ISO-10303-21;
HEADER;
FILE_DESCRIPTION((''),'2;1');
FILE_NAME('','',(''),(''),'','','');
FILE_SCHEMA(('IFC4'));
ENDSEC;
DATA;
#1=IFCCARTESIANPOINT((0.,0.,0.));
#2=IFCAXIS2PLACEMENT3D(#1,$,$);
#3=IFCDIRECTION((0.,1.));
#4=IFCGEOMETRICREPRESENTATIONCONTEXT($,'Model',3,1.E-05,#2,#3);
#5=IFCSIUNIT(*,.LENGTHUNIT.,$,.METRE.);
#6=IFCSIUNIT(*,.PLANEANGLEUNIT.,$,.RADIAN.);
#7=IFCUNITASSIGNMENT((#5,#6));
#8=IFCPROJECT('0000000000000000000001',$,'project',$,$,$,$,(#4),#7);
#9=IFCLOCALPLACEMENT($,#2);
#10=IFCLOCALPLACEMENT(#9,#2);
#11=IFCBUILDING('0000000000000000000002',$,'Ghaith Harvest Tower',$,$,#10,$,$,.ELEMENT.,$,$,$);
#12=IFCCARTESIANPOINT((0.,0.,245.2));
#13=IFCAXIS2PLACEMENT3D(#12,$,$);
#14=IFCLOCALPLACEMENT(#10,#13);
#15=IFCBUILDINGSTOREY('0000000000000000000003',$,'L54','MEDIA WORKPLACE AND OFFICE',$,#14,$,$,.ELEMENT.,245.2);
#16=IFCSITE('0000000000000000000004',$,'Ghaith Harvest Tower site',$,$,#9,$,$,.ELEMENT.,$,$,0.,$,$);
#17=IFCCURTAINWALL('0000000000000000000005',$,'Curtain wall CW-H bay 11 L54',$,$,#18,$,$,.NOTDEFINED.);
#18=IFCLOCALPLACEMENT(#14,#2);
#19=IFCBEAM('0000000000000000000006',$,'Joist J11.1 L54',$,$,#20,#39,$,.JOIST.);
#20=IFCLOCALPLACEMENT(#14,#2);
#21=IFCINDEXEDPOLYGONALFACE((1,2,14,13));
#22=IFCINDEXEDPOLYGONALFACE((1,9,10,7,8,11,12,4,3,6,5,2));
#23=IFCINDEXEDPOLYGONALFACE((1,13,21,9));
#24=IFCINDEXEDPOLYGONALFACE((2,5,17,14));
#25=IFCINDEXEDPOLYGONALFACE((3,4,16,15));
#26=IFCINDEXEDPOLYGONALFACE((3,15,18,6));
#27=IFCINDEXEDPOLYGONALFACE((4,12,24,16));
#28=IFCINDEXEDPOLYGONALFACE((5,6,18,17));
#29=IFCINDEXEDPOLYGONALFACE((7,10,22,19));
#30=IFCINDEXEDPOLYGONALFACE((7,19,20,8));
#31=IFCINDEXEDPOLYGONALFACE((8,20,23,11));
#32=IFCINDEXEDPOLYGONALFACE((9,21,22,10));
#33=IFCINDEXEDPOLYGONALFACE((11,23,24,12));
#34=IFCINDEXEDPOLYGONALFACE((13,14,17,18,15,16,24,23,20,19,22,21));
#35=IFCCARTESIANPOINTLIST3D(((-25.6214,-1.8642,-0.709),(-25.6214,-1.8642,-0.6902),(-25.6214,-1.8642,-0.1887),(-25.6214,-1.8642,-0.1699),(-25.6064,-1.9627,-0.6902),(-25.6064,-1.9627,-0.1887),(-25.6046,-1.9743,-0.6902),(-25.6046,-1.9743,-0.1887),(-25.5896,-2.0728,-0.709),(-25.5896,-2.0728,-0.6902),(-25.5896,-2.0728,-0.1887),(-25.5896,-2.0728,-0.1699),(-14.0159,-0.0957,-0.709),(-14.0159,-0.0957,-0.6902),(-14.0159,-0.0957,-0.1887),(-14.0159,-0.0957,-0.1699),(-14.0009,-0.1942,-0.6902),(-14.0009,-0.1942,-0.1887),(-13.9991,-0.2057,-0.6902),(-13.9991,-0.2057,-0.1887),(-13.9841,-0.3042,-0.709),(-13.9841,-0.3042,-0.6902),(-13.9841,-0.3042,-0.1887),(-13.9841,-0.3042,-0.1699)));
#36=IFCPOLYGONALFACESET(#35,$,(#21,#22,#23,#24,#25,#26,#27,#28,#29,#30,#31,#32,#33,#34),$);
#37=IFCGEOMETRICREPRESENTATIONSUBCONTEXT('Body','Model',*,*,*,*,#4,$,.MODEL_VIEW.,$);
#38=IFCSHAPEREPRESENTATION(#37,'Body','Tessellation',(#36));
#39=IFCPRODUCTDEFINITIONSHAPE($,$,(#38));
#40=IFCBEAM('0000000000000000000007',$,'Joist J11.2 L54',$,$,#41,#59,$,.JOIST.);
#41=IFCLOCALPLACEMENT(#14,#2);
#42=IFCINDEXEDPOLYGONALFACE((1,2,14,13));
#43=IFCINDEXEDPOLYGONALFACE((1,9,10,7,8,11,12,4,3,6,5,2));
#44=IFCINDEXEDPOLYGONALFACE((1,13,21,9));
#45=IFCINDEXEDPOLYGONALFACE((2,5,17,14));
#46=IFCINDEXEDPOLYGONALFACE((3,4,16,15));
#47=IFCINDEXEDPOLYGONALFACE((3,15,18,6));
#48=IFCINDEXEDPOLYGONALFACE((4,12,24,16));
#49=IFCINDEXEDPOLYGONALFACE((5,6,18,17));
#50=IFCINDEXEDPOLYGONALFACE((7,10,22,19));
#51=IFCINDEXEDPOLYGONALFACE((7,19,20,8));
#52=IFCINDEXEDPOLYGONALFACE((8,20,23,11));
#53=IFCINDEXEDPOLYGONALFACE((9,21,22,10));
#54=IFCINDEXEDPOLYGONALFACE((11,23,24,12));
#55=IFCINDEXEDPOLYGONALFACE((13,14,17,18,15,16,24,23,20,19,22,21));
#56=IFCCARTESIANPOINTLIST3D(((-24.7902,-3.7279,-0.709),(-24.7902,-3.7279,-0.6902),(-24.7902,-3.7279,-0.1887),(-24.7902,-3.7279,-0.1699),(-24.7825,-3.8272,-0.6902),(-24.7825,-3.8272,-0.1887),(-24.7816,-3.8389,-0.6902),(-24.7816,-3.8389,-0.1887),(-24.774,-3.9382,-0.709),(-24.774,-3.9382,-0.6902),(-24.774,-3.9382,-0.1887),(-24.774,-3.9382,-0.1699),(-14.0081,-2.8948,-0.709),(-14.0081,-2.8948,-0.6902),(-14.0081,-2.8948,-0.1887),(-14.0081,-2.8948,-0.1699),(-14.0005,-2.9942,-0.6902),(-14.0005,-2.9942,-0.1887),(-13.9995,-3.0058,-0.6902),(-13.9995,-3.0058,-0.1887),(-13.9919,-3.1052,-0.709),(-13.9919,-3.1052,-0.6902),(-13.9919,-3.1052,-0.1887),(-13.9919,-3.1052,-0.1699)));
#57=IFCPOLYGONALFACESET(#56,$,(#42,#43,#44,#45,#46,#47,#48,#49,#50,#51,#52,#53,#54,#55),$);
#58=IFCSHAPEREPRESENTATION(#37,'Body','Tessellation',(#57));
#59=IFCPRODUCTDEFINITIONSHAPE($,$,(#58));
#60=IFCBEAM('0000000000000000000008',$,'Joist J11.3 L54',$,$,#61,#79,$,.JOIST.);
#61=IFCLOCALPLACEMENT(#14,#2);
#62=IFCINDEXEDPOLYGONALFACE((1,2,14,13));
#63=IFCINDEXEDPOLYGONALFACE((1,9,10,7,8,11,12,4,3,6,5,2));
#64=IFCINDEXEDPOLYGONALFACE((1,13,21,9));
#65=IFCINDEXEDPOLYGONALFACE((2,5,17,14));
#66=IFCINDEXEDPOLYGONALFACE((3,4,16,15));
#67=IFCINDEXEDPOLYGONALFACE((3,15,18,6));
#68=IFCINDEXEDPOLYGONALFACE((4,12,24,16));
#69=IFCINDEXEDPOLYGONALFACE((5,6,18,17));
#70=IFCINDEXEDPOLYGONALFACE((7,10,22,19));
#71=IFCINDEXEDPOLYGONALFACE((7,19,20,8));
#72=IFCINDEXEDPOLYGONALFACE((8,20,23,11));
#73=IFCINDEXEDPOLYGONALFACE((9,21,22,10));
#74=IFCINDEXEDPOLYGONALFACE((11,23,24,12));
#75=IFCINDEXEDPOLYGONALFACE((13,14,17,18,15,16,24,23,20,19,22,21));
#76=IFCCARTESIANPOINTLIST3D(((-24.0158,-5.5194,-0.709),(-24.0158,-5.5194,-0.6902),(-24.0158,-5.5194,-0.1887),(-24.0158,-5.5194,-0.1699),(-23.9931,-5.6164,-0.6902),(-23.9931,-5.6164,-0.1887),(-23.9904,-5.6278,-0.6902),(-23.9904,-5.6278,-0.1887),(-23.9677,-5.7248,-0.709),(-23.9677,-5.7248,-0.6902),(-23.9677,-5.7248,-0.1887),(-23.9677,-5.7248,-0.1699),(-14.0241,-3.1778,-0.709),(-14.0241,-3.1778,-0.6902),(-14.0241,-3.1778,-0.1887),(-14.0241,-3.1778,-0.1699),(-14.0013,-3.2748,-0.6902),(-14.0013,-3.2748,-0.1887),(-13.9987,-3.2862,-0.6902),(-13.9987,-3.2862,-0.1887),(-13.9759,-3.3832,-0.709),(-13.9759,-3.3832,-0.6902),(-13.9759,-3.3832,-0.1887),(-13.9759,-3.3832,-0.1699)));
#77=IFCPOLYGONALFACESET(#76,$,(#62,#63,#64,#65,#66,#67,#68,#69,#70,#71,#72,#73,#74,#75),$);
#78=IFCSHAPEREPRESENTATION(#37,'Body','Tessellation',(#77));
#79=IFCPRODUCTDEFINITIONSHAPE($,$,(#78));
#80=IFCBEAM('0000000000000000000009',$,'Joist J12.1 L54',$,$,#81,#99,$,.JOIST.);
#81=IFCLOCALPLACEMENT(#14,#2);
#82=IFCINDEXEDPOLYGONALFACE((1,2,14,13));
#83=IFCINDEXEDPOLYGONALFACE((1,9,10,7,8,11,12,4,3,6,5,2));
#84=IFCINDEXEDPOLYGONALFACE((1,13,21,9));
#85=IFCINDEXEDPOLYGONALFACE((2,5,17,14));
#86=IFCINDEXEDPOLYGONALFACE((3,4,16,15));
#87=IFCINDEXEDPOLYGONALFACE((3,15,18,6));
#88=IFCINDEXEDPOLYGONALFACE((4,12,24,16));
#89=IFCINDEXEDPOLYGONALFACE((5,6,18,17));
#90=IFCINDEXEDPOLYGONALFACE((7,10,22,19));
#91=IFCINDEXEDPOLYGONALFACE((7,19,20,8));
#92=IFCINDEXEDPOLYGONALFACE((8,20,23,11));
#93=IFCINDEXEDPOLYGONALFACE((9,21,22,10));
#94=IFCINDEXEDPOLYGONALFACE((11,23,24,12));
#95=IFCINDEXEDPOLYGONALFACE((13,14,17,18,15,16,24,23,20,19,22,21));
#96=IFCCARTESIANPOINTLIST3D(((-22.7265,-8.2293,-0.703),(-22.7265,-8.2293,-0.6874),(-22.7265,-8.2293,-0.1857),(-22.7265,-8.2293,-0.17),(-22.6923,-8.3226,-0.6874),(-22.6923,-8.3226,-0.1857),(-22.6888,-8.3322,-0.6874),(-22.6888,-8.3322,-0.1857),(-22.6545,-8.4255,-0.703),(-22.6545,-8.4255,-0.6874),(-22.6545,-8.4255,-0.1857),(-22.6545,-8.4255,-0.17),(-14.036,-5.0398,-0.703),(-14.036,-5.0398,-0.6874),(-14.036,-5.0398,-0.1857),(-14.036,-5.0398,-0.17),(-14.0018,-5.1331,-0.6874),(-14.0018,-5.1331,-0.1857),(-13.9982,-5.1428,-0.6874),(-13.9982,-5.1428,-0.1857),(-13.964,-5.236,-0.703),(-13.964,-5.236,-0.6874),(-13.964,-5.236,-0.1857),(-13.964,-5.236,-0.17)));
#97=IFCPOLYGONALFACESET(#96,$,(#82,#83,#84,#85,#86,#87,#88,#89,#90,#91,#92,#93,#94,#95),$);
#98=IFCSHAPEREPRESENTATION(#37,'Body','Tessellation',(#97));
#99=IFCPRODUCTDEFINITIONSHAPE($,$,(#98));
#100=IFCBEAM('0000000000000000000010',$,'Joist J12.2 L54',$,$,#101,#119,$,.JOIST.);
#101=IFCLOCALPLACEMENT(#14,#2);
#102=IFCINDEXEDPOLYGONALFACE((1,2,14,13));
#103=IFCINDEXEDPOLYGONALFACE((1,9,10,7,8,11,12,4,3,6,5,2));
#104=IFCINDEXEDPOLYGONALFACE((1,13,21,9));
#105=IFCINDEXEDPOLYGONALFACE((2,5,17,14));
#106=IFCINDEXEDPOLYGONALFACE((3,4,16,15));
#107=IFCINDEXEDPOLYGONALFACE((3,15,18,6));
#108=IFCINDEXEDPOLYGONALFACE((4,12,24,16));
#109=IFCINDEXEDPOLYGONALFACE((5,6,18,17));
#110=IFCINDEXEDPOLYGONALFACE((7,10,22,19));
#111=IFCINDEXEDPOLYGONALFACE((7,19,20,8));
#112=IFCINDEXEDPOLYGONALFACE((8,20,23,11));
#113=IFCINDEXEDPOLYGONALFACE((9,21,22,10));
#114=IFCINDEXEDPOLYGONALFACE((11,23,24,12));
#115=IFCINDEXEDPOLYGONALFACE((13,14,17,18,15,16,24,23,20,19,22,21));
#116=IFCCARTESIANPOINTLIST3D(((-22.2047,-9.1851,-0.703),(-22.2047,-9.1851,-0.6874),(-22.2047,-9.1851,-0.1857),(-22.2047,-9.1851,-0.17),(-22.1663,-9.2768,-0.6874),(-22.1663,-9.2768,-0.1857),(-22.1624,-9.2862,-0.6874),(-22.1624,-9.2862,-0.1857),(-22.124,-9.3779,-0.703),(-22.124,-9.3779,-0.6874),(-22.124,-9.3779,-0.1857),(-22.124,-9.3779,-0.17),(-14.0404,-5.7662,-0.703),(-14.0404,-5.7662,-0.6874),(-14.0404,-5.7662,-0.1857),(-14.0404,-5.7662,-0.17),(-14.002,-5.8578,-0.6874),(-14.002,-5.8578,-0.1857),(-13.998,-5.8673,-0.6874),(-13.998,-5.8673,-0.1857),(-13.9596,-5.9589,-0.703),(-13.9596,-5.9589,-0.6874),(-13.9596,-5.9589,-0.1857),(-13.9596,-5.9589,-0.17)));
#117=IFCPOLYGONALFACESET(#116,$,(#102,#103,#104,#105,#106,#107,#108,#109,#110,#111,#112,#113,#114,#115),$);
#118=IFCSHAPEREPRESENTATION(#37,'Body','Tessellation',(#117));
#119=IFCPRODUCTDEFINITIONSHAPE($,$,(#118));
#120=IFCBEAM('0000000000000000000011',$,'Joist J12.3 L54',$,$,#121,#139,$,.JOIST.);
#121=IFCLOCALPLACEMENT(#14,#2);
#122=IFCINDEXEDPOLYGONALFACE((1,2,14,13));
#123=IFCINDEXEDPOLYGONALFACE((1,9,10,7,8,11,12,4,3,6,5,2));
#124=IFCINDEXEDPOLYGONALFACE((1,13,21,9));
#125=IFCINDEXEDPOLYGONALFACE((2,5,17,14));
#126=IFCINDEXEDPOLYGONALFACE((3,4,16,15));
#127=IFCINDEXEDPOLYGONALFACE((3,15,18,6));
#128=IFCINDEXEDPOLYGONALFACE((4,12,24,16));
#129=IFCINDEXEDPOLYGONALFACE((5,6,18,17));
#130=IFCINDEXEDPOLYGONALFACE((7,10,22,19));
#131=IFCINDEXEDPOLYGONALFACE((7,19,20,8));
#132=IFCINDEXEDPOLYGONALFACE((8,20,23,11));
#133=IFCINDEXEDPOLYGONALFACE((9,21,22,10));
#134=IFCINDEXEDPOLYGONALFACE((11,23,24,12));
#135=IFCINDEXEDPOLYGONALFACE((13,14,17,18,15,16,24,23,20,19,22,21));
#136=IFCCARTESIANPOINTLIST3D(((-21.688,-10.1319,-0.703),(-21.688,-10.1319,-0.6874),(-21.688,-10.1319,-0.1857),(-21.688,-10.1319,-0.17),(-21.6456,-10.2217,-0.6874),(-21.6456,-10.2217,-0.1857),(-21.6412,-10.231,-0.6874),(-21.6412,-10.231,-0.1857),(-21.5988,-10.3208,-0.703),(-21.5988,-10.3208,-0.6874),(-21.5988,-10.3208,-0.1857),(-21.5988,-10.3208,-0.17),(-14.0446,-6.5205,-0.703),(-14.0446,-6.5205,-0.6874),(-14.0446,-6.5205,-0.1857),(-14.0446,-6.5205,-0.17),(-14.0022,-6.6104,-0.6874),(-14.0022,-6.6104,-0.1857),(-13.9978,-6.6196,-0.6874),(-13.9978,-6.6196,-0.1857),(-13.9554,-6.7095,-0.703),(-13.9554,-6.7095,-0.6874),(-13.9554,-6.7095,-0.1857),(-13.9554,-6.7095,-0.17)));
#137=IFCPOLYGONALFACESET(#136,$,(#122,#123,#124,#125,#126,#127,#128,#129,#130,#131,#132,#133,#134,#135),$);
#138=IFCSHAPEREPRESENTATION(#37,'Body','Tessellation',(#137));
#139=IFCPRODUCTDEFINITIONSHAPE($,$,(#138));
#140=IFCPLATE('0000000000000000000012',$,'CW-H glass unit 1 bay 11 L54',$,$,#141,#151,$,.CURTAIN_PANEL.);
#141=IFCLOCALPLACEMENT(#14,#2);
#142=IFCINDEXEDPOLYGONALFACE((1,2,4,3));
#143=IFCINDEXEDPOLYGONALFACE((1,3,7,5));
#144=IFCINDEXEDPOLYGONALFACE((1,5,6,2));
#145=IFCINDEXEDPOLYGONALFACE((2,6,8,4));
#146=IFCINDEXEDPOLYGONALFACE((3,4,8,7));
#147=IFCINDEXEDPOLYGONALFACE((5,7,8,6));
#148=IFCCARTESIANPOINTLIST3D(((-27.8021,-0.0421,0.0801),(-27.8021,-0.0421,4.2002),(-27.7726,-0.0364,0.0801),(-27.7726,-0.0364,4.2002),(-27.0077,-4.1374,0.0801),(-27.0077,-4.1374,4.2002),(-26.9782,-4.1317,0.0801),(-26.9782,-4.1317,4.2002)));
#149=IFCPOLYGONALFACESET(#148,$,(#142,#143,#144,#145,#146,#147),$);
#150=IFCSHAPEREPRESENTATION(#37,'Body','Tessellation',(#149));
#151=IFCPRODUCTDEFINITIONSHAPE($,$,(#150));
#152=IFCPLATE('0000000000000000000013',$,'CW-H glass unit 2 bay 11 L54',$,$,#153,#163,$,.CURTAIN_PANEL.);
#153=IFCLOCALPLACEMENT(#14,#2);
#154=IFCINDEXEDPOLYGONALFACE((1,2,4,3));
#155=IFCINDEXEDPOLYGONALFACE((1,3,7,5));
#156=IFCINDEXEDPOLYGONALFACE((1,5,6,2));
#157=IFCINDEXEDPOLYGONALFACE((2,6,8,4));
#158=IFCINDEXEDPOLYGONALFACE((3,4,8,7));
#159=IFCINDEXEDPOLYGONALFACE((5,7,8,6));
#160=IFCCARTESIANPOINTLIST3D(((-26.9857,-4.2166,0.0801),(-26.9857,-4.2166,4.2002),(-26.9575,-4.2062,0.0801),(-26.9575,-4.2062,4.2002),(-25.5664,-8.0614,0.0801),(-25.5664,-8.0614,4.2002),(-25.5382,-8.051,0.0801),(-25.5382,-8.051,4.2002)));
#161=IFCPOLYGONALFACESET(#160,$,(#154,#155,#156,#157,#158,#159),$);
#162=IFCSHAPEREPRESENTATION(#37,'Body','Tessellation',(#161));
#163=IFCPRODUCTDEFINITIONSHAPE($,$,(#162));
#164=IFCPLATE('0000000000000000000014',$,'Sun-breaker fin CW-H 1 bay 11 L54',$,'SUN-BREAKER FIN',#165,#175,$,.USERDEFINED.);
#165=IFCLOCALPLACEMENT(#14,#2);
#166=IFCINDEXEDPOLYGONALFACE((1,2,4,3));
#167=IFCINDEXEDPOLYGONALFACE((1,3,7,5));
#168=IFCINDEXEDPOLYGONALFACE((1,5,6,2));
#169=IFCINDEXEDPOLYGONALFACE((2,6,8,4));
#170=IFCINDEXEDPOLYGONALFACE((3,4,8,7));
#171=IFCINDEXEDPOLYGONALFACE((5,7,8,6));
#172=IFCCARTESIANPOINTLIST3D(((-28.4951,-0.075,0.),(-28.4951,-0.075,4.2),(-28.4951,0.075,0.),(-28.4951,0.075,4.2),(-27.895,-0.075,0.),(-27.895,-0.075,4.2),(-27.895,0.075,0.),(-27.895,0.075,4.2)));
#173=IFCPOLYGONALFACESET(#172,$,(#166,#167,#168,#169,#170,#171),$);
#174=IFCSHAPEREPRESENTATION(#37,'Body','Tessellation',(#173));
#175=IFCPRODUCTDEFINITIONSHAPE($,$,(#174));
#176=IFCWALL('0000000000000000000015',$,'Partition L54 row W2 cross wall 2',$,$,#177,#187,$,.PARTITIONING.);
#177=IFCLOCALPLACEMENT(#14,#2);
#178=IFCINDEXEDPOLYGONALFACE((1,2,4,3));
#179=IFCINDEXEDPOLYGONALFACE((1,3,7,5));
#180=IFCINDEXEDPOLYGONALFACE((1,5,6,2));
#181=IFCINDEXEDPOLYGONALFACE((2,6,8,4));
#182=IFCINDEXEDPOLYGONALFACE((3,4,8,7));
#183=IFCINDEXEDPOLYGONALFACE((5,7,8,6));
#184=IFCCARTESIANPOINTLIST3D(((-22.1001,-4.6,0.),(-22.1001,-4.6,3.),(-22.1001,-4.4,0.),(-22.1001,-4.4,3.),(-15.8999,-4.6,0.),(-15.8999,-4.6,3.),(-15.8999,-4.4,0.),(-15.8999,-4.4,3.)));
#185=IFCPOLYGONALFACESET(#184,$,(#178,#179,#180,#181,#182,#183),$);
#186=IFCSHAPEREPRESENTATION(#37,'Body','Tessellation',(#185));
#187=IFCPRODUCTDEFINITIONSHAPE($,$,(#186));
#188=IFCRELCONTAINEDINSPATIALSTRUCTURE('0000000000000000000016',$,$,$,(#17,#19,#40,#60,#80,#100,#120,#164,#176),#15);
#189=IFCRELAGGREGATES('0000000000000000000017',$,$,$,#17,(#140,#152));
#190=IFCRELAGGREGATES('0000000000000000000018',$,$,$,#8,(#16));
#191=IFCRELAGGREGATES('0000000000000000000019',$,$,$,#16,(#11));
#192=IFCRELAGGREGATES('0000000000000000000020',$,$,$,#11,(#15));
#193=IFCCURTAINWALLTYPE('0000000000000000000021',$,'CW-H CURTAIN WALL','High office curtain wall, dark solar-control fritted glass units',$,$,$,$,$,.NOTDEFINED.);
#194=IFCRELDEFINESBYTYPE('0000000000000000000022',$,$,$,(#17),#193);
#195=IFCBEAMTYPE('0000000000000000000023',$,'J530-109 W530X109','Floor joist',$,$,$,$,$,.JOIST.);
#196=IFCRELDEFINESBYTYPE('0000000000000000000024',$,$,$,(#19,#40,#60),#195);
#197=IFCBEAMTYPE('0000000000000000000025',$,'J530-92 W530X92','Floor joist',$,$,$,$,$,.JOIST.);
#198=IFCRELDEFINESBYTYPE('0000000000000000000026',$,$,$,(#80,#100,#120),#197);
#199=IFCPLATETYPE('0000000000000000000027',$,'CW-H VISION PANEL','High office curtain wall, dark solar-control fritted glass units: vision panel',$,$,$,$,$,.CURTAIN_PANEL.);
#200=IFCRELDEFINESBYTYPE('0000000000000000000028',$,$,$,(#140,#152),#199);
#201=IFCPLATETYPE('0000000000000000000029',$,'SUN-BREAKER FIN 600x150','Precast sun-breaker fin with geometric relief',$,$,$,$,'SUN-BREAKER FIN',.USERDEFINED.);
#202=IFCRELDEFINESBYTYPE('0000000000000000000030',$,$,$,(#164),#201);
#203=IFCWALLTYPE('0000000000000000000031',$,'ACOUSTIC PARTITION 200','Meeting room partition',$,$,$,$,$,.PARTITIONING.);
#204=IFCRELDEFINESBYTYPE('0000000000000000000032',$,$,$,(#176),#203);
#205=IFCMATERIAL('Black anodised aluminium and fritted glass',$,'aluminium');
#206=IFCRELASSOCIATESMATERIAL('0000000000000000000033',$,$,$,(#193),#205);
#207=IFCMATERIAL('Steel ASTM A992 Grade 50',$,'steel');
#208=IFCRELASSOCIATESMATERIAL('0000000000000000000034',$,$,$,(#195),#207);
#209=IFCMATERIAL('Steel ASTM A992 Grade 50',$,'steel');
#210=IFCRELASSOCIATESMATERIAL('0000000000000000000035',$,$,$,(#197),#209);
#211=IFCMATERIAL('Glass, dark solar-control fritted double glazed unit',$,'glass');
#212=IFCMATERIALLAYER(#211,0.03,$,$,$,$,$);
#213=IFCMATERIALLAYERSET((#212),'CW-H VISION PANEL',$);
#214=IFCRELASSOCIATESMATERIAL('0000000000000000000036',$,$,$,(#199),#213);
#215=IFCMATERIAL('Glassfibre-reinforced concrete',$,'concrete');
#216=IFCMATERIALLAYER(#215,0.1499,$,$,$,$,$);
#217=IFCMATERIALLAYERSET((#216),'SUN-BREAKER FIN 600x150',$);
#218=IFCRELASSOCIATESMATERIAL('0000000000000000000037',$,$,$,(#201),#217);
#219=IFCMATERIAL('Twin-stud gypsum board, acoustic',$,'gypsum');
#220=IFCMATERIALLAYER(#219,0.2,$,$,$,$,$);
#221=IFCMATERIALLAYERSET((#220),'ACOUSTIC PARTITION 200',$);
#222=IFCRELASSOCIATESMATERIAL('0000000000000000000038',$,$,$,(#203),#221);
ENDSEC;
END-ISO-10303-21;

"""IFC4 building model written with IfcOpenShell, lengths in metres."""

from ifc_helpers import new_model, si_unit, direction, frame, frame_2d, origin, origin_2d, place, context, subcontext, project, spatial, rectangle, i_section, extrude, material, layer, layer_set, material_profile, profile_set, type_object, element, aggregate, save


model = new_model("IFC4")

# Units and contexts
model_context = context("Model", 3, precision=1e-05, world=origin(), true_north=direction((0.0, 1.0)))
body_context = subcontext(model_context, "Body", "Model", "MODEL_VIEW")
ifc_project = project(units=[si_unit("LENGTHUNIT", "METRE"), si_unit("PLANEANGLEUNIT", "RADIAN")], contexts=[model_context])

# Site, building, storey
site_placement = place(None, origin())
site = spatial("IfcSite", under=ifc_project, at=site_placement, Name="Ghaith Harvest Tower site", CompositionType="ELEMENT", RefElevation=0.0)
building_placement = place(site_placement, origin())
building = spatial("IfcBuilding", under=site, at=building_placement, Name="Ghaith Harvest Tower", CompositionType="ELEMENT")
storey_placement = place(building_placement, frame((0.0, 0.0, 245.2)))
storey = spatial("IfcBuildingStorey", under=building, at=storey_placement, Name="L54", Description="MEDIA WORKPLACE AND OFFICE", CompositionType="ELEMENT", Elevation=245.2)

# Curtain wall
ifc_material_1 = material(Name="Black anodised aluminium and fritted glass", Category="aluminium")
curtain_wall_type = type_object("IfcCurtainWallType", Name="CW-H CURTAIN WALL", Description="High office curtain wall, dark solar-control fritted glass units", PredefinedType="NOTDEFINED", material=ifc_material_1)
curtain_wall_placement = place(storey_placement, origin())
curtain_wall = element("IfcCurtainWall", 1, at=curtain_wall_placement, inside=storey, type_object=curtain_wall_type, Name="Curtain wall CW-H bay 11 L54", PredefinedType="NOTDEFINED")

# Beams
ifc_material_2 = material(Name="Steel ASTM A992 Grade 50", Category="steel")
ifc_material_profile_1 = material_profile(ifc_material_2, i_section(OverallWidth=0.2109, OverallDepth=0.5391, WebThickness=0.0117, FlangeThickness=0.0188, at=origin_2d()), Name="W530X109")
ifc_profile_set_1 = profile_set([ifc_material_profile_1], Name="Steel ASTM A992 Grade 50")
beam_type_1 = type_object("IfcBeamType", Name="J530-109 W530X109", Description="Floor joist", PredefinedType="JOIST", material=ifc_profile_set_1)
beam_1_placement = place(storey_placement, frame((-14.0, -0.2, -0.4395), z_axis=(-0.988587, -0.150651, 0.0), x_axis=(0.150651, -0.988587, 0.0)))
element("IfcBeam", 2, at=beam_1_placement, inside=storey, type_object=beam_type_1, Name="Joist J11.1 L54", PredefinedType="JOIST", context=body_context, shape_type="SweptSolid", body=[
    extrude(i_section(OverallWidth=0.2109, OverallDepth=0.5391, WebThickness=0.0117, FlangeThickness=0.0188, at=origin_2d()), origin(), (0.0, 0.0, 1.0), 11.7395),
])
beam_2_placement = place(storey_placement, frame((-14.0, -3.0, -0.4395), z_axis=(-0.997029, -0.07703, 0.0), x_axis=(0.07703, -0.997029, 0.0)))
element("IfcBeam", 3, at=beam_2_placement, inside=storey, type_object=beam_type_1, Name="Joist J11.2 L54", PredefinedType="JOIST", context=body_context, shape_type="SweptSolid", body=[
    extrude(i_section(OverallWidth=0.2109, OverallDepth=0.5391, WebThickness=0.0117, FlangeThickness=0.0188, at=origin_2d()), origin(), (0.0, 0.0, 1.0), 10.8142),
])
beam_3_placement = place(storey_placement, frame((-14.0, -3.2805, -0.4395), z_axis=(-0.973622, -0.228168, 0.0), x_axis=(0.228168, -0.973622, 0.0)))
element("IfcBeam", 4, at=beam_3_placement, inside=storey, type_object=beam_type_1, Name="Joist J11.3 L54", PredefinedType="JOIST", context=body_context, shape_type="SweptSolid", body=[
    extrude(i_section(OverallWidth=0.2109, OverallDepth=0.5391, WebThickness=0.0117, FlangeThickness=0.0188, at=origin_2d()), origin(), (0.0, 0.0, 1.0), 10.2625),
])
ifc_material_3 = material(Name="Steel ASTM A992 Grade 50", Category="steel")
ifc_material_profile_2 = material_profile(ifc_material_3, i_section(OverallWidth=0.209, OverallDepth=0.533, WebThickness=0.0103, FlangeThickness=0.0156, at=origin_2d()), Name="W530X92")
ifc_profile_set_2 = profile_set([ifc_material_profile_2], Name="Steel ASTM A992 Grade 50")
beam_type_2 = type_object("IfcBeamType", Name="J530-92 W530X92", Description="Floor joist", PredefinedType="JOIST", material=ifc_profile_set_2)
beam_4_placement = place(storey_placement, frame((-14.0, -5.1379, -0.4365), z_axis=(-0.938773, -0.344537, 0.0), x_axis=(0.344537, -0.938773, 0.0)))
element("IfcBeam", 5, at=beam_4_placement, inside=storey, type_object=beam_type_2, Name="Joist J12.1 L54", PredefinedType="JOIST", context=body_context, shape_type="SweptSolid", body=[
    extrude(i_section(OverallWidth=0.209, OverallDepth=0.533, WebThickness=0.0103, FlangeThickness=0.0156, at=origin_2d()), origin(), (0.0, 0.0, 1.0), 9.2573),
])
beam_5_placement = place(storey_placement, frame((-14.0, -5.8625, -0.4365), z_axis=(-0.922388, -0.386266, 0.0), x_axis=(0.386266, -0.922388, 0.0)))
element("IfcBeam", 6, at=beam_5_placement, inside=storey, type_object=beam_type_2, Name="Joist J12.2 L54", PredefinedType="JOIST", context=body_context, shape_type="SweptSolid", body=[
    extrude(i_section(OverallWidth=0.209, OverallDepth=0.533, WebThickness=0.0103, FlangeThickness=0.0156, at=origin_2d()), origin(), (0.0, 0.0, 1.0), 8.8513),
])
beam_6_placement = place(storey_placement, frame((-14.0, -6.615, -0.4365), z_axis=(-0.904158, -0.427198, 0.0), x_axis=(0.427198, -0.904158, 0.0)))
element("IfcBeam", 7, at=beam_6_placement, inside=storey, type_object=beam_type_2, Name="Joist J12.3 L54", PredefinedType="JOIST", context=body_context, shape_type="SweptSolid", body=[
    extrude(i_section(OverallWidth=0.209, OverallDepth=0.533, WebThickness=0.0103, FlangeThickness=0.0156, at=origin_2d()), origin(), (0.0, 0.0, 1.0), 8.4536),
])

# Plates
ifc_material_4 = material(Name="Glass, dark solar-control fritted double glazed unit", Category="glass")
ifc_layer_1 = layer(ifc_material_4, 0.03)
ifc_layer_set_1 = layer_set([ifc_layer_1], Name="CW-H VISION PANEL")
plate_type_1 = type_object("IfcPlateType", Name="CW-H VISION PANEL", Description="High office curtain wall, dark solar-control fritted glass units: vision panel", PredefinedType="CURTAIN_PANEL", material=ifc_layer_set_1)
plate_1_placement = place(storey_placement, frame((-27.3901, -2.0869, 0.0801), z_axis=(0.0, 0.0, 1.0), x_axis=(0.190427, -0.981701, 0.0)))
plate_1 = element("IfcPlate", 8, at=plate_1_placement, type_object=plate_type_1, Name="CW-H glass unit 1 bay 11 L54", PredefinedType="CURTAIN_PANEL", context=body_context, shape_type="SweptSolid", body=[
    extrude(rectangle(XDim=4.1716, YDim=0.03, at=origin_2d()), origin(), (0.0, 0.0, 1.0), 4.1201),
])
plate_2_placement = place(storey_placement, frame((-26.262, -6.1338, 0.0801), z_axis=(0.0, 0.0, 1.0), x_axis=(0.346303, -0.938123, 0.0)))
plate_2 = element("IfcPlate", 9, at=plate_2_placement, type_object=plate_type_1, Name="CW-H glass unit 2 bay 11 L54", PredefinedType="CURTAIN_PANEL", context=body_context, shape_type="SweptSolid", body=[
    extrude(rectangle(XDim=4.0984, YDim=0.03, at=origin_2d()), origin(), (0.0, 0.0, 1.0), 4.1201),
])
aggregate(curtain_wall, [plate_1, plate_2])
ifc_material_5 = material(Name="Glassfibre-reinforced concrete", Category="concrete")
ifc_layer_2 = layer(ifc_material_5, 0.1499)
ifc_layer_set_2 = layer_set([ifc_layer_2], Name="SUN-BREAKER FIN 600x150")
plate_type_2 = type_object("IfcPlateType", Name="SUN-BREAKER FIN 600x150", Description="Precast sun-breaker fin with geometric relief", ElementType="SUN-BREAKER FIN", PredefinedType="USERDEFINED", material=ifc_layer_set_2)
plate_3_placement = place(storey_placement, frame((-28.1951, 0.0, 0.0), z_axis=(0.0, 0.0, 1.0), x_axis=(-1.0, 0.0, 0.0)))
element("IfcPlate", 10, at=plate_3_placement, inside=storey, type_object=plate_type_2, Name="Sun-breaker fin CW-H 1 bay 11 L54", ObjectType="SUN-BREAKER FIN", PredefinedType="USERDEFINED", context=body_context, shape_type="SweptSolid", body=[
    extrude(rectangle(XDim=0.6001, YDim=0.1499, at=origin_2d()), origin(), (0.0, 0.0, 1.0), 4.2),
])

# Wall
ifc_material_6 = material(Name="Twin-stud gypsum board, acoustic", Category="gypsum")
ifc_layer_3 = layer(ifc_material_6, 0.2)
ifc_layer_set_3 = layer_set([ifc_layer_3], Name="ACOUSTIC PARTITION 200")
wall_type = type_object("IfcWallType", Name="ACOUSTIC PARTITION 200", Description="Meeting room partition", PredefinedType="PARTITIONING", material=ifc_layer_set_3)
for number, where, z_axis, x_axis, name in (
    (11, (-15.8999, -4.5, 0.0), (0.0, 0.0, 1.0), (-1.0, 0.0, 0.0), "Partition L54 row W2 cross wall 2"),
):
    element("IfcWall", number, at=place(storey_placement, frame(where, z_axis=z_axis, x_axis=x_axis)), inside=storey, type_object=wall_type, Name=name, PredefinedType="PARTITIONING", context=body_context, shape_type="SweptSolid", body=[
        extrude(rectangle(XDim=6.2002, YDim=0.2, at=frame_2d((3.1001, 0.0))), origin(), (0.0, 0.0, 1.0), 3.0),
    ])

save(model, "model.ifc")
